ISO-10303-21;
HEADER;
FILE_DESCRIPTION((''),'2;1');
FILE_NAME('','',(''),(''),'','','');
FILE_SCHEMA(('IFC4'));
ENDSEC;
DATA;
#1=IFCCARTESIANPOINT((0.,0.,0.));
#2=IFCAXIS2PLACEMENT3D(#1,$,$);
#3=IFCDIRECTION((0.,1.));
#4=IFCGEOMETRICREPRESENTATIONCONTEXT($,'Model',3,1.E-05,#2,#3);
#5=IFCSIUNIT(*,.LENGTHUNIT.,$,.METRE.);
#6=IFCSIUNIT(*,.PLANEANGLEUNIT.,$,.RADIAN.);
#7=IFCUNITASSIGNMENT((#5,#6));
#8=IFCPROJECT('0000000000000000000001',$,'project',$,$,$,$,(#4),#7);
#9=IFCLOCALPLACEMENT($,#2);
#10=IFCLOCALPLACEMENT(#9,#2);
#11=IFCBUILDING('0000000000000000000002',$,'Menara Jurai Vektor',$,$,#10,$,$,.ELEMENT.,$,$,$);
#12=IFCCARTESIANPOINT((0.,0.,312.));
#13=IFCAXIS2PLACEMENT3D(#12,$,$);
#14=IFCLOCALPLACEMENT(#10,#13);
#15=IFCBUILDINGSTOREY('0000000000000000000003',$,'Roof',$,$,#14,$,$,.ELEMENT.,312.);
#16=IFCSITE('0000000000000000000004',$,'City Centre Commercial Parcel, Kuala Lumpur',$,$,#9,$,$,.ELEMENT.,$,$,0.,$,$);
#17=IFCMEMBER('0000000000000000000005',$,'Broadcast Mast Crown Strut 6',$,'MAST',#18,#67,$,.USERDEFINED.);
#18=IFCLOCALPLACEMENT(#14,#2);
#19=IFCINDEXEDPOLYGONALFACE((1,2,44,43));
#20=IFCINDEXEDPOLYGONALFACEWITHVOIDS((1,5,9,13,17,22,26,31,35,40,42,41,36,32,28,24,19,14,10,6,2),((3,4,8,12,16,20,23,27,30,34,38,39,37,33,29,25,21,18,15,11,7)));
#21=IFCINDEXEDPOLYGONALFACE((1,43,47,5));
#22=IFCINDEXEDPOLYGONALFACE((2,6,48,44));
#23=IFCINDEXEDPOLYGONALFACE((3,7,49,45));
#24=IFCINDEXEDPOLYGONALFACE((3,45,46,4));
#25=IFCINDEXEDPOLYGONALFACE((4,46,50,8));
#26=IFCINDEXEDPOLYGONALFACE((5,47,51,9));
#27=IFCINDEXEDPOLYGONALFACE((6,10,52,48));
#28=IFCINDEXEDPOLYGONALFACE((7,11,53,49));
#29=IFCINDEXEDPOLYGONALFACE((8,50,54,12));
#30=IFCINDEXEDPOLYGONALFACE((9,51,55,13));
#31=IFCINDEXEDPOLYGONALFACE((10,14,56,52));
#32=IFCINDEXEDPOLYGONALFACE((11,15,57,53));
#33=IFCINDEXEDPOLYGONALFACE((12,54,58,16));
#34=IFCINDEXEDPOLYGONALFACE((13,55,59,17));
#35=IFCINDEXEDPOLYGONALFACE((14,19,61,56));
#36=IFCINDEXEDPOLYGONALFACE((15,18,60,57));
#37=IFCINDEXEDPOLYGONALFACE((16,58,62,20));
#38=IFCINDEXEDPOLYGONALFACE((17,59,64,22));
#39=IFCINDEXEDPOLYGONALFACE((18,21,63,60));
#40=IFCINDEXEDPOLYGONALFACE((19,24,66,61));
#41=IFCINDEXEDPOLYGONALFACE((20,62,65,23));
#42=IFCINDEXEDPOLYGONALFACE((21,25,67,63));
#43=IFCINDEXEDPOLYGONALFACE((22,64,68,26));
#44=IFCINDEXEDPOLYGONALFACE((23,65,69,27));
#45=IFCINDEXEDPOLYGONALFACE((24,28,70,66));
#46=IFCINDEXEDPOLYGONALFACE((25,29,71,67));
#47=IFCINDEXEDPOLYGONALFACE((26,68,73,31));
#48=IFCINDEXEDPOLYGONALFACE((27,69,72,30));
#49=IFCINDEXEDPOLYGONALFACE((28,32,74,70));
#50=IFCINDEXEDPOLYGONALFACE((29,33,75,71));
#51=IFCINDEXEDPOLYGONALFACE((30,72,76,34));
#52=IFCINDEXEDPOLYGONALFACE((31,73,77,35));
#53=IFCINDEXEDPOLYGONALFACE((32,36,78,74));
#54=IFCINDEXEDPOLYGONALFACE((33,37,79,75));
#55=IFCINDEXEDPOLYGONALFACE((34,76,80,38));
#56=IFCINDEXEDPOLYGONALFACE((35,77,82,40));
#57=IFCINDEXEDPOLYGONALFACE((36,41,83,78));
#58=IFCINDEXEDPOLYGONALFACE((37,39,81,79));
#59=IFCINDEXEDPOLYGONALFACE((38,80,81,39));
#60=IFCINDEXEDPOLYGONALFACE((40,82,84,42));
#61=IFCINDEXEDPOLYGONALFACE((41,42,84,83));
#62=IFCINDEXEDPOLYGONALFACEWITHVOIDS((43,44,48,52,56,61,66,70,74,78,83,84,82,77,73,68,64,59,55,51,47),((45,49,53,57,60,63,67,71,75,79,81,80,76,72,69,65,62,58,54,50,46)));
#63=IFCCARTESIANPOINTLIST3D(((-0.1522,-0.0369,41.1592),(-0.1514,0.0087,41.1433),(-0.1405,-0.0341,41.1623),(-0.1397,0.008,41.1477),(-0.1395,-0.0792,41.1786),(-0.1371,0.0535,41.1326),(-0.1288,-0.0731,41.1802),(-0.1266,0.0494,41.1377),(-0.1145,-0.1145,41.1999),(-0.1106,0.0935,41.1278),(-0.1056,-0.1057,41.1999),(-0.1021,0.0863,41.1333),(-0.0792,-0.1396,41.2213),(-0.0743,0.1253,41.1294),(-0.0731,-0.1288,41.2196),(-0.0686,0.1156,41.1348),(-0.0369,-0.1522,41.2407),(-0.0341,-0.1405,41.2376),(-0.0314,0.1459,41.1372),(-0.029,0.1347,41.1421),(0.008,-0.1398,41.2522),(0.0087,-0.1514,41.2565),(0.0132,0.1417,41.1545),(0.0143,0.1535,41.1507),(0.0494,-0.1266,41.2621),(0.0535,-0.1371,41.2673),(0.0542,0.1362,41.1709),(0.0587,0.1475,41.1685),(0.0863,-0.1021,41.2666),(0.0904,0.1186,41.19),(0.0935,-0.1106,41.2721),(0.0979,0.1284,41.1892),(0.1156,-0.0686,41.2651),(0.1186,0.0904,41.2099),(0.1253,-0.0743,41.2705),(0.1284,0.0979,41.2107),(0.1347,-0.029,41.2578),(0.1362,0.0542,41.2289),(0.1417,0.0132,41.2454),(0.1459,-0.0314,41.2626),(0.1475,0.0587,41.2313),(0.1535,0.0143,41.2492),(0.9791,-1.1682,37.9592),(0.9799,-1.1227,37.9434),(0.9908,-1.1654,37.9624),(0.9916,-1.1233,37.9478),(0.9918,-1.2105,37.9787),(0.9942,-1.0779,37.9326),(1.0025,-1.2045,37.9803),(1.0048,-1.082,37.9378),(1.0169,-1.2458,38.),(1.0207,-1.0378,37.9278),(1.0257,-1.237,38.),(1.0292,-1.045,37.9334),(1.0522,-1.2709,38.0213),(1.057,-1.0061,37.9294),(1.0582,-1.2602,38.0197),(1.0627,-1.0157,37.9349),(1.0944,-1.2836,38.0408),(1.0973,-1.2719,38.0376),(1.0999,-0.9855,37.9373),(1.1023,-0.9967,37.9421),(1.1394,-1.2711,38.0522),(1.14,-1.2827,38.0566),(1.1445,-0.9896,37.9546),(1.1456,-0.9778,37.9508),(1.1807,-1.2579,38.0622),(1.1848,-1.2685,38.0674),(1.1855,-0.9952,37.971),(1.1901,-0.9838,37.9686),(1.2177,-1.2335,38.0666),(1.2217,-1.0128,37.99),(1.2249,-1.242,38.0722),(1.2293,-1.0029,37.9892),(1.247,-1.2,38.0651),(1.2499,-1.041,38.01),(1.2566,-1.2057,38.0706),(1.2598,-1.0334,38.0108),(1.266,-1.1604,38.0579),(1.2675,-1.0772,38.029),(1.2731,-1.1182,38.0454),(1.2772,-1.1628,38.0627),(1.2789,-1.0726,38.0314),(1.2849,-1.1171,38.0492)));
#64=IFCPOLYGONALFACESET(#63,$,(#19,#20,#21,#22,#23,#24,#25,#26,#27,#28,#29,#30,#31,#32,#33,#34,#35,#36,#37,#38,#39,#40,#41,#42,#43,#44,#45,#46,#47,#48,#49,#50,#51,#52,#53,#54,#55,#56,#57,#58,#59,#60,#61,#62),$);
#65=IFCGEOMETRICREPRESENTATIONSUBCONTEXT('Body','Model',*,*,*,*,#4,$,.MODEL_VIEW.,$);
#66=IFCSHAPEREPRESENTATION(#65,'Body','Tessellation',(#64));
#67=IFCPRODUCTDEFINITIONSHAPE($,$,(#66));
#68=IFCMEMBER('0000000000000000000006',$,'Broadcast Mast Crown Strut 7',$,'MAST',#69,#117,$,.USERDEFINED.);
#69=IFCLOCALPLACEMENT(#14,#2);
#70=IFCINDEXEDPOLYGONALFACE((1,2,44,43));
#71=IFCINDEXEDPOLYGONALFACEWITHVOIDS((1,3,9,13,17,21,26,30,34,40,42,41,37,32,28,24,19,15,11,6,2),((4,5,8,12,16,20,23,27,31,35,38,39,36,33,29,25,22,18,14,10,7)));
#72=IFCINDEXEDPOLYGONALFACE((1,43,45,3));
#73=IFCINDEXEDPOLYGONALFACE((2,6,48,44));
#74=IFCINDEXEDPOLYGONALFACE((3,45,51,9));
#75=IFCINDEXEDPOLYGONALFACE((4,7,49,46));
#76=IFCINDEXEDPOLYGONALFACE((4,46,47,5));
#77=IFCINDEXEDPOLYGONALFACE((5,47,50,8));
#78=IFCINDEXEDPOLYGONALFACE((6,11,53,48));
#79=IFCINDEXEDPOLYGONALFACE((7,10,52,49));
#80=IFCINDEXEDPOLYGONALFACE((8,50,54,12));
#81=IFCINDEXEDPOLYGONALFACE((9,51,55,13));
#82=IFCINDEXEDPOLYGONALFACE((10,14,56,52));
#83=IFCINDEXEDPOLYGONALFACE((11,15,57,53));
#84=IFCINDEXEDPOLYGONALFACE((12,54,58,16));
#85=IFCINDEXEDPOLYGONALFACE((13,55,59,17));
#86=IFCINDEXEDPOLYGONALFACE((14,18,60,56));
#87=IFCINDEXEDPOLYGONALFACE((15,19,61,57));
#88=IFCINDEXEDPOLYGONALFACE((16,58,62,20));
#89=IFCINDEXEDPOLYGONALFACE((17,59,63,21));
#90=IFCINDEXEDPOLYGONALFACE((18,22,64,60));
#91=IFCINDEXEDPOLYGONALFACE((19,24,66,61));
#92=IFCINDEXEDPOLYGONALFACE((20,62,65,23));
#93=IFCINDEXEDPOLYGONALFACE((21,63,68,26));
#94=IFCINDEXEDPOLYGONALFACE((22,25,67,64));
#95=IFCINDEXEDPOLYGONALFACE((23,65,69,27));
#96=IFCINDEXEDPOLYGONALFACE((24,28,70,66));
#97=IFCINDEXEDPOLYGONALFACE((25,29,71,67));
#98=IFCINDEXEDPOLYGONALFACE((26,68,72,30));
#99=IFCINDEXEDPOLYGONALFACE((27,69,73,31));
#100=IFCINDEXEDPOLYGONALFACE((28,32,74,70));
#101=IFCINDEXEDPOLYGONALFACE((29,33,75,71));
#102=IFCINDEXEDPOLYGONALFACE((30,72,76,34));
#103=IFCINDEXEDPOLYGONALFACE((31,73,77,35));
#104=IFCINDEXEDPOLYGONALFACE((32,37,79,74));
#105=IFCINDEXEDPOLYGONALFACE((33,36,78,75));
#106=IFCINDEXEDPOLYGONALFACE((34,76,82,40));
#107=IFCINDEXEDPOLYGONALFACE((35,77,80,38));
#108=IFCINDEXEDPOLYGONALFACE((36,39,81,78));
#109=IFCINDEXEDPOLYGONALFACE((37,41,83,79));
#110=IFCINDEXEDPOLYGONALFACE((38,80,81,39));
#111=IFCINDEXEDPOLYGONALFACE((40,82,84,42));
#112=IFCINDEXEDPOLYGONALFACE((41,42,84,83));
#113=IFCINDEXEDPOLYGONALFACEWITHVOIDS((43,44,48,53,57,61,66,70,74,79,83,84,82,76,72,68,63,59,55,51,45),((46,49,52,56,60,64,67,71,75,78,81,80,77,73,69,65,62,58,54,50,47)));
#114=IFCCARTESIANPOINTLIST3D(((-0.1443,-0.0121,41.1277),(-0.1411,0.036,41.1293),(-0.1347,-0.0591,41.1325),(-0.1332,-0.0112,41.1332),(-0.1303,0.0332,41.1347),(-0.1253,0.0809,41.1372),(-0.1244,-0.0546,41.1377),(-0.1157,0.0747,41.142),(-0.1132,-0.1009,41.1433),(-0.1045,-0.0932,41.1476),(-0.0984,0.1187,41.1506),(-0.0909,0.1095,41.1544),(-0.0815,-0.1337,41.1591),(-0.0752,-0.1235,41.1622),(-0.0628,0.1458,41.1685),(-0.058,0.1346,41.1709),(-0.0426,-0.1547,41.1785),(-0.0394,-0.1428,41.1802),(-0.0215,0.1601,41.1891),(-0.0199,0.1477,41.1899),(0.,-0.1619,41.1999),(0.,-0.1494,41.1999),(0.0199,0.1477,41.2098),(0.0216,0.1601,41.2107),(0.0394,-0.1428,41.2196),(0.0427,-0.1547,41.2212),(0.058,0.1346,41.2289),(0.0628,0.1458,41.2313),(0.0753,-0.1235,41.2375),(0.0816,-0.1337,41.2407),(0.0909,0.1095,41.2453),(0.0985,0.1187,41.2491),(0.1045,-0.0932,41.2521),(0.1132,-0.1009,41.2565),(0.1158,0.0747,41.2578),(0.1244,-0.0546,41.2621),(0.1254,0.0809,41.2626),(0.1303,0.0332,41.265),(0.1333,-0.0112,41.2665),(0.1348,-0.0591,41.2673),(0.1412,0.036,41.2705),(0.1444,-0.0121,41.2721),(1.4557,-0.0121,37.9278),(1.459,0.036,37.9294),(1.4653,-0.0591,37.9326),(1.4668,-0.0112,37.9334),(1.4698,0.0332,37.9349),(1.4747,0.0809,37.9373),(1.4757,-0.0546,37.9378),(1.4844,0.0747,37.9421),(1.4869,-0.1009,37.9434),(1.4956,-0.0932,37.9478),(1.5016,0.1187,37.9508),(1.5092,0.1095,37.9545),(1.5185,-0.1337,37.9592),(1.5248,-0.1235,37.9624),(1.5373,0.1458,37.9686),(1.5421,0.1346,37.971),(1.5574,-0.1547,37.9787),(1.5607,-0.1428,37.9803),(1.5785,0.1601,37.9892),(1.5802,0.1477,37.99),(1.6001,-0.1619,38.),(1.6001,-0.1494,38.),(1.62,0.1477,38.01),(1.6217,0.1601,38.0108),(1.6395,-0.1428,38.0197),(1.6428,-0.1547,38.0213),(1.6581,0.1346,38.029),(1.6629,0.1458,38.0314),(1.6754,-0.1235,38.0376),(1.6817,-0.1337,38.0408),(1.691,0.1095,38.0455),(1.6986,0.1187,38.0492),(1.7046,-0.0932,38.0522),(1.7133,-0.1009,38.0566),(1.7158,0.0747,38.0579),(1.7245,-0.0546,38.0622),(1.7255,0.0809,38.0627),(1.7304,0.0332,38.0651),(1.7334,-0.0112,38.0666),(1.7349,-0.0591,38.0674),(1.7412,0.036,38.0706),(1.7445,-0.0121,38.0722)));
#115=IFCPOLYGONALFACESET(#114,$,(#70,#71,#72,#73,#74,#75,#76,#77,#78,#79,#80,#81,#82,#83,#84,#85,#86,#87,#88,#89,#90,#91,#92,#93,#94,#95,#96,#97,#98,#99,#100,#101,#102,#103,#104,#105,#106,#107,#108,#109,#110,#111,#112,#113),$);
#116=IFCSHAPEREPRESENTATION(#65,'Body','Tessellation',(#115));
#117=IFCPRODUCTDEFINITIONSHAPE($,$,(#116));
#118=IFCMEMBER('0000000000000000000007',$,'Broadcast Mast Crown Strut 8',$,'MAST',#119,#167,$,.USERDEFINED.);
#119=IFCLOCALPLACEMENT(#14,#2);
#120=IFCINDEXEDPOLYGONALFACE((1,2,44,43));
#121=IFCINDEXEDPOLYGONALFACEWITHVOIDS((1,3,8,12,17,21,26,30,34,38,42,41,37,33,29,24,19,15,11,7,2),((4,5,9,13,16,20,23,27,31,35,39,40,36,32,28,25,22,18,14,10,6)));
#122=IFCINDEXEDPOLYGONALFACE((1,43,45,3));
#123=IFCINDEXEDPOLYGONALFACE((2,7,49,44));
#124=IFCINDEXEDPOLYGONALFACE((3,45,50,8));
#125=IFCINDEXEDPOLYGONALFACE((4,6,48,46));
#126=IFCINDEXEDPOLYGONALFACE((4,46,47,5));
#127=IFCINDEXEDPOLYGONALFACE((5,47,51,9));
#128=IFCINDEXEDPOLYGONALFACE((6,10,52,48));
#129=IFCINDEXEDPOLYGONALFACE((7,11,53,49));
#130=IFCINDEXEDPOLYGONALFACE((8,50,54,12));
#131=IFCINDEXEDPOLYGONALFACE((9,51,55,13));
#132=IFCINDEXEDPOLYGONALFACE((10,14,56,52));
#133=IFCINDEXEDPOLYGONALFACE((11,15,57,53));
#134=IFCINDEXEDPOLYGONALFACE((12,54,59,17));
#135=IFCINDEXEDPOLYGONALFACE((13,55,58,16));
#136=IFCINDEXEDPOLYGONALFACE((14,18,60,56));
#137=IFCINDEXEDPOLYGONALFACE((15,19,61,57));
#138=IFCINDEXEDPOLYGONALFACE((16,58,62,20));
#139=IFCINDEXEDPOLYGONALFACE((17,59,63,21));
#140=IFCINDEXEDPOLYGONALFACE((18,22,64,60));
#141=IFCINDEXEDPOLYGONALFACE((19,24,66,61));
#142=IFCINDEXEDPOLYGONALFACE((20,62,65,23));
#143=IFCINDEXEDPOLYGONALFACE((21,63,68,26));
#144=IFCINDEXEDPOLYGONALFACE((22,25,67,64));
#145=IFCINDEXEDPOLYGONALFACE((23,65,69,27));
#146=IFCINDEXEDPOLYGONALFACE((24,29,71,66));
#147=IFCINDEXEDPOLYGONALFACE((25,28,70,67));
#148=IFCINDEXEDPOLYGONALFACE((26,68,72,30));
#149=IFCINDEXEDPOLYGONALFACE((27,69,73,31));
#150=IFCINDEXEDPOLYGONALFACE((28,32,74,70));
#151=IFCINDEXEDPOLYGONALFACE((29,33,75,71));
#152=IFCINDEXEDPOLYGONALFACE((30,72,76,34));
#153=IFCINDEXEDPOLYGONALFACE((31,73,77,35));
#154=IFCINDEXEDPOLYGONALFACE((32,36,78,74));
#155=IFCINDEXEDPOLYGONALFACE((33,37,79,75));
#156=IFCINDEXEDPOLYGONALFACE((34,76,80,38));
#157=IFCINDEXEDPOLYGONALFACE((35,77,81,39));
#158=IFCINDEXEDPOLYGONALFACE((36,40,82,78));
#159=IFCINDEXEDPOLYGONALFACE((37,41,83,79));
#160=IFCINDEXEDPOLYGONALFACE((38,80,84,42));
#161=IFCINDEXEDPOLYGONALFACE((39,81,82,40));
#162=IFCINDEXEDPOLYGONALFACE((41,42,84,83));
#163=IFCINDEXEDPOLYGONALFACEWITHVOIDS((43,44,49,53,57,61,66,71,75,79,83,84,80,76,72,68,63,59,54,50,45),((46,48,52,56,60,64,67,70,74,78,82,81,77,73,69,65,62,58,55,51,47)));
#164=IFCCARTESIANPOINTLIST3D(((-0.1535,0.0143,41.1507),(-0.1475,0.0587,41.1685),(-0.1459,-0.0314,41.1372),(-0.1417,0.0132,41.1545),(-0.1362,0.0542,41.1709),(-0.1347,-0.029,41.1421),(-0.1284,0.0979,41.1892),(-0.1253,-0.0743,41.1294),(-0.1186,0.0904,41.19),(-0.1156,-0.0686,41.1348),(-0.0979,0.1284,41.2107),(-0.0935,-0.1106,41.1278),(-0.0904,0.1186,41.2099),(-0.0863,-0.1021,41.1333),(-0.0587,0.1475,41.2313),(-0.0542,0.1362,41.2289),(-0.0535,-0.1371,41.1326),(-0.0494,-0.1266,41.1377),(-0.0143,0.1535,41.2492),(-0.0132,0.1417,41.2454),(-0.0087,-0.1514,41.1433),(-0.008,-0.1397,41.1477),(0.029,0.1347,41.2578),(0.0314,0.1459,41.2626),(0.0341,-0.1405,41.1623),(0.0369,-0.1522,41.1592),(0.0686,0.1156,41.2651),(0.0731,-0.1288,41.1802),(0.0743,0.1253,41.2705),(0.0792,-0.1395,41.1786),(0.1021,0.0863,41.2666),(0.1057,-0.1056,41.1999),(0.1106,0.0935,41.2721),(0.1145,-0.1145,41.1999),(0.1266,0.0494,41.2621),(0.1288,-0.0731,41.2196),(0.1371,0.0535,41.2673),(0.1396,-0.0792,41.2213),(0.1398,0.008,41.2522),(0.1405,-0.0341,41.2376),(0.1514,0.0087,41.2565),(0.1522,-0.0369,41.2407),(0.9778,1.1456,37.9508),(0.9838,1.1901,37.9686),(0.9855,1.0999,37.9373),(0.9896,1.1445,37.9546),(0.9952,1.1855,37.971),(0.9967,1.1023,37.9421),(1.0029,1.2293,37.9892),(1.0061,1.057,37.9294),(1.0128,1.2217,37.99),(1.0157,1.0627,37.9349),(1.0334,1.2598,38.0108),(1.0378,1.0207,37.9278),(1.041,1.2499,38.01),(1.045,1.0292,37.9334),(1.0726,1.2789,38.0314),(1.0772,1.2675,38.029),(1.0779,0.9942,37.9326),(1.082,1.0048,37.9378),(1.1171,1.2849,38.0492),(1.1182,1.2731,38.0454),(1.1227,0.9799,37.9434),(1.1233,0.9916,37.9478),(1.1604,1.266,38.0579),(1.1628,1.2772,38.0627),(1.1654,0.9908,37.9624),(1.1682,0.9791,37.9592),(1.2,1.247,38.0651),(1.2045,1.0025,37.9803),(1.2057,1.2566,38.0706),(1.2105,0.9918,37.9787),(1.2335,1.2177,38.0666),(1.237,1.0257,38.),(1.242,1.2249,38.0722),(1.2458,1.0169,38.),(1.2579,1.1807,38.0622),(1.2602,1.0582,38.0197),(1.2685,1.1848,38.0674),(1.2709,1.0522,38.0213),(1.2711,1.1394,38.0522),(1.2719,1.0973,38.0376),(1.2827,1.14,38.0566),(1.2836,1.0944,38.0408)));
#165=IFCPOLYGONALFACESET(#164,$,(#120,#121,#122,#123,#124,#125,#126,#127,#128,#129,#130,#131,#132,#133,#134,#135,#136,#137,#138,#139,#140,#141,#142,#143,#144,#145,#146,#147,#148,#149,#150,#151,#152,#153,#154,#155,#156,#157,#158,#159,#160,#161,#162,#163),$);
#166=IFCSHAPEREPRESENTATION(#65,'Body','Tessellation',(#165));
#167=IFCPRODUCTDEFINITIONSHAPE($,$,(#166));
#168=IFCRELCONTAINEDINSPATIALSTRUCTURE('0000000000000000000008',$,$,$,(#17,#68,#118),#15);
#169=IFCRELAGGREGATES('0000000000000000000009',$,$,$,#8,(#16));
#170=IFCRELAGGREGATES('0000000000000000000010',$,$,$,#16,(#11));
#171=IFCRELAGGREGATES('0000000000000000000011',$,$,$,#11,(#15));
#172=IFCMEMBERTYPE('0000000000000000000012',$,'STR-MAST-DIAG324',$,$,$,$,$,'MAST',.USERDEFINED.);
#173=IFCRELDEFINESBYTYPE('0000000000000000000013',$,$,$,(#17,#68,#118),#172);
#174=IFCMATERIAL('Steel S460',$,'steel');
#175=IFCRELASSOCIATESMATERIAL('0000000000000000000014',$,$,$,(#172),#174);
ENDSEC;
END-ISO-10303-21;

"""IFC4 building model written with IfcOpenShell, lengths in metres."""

from ifc_helpers import new_model, si_unit, direction, frame, origin, origin_2d, place, context, subcontext, project, spatial, hollow_circle, extrude, material, material_profile, profile_set, type_object, element, save


model = new_model("IFC4")

# Units and contexts
model_context = context("Model", 3, precision=1e-05, world=origin(), true_north=direction((0.0, 1.0)))
body_context = subcontext(model_context, "Body", "Model", "MODEL_VIEW")
ifc_project = project(units=[si_unit("LENGTHUNIT", "METRE"), si_unit("PLANEANGLEUNIT", "RADIAN")], contexts=[model_context])

# Site, building, storey
site_placement = place(None, origin())
site = spatial("IfcSite", under=ifc_project, at=site_placement, Name="City Centre Commercial Parcel, Kuala Lumpur", CompositionType="ELEMENT", RefElevation=0.0)
building_placement = place(site_placement, origin())
building = spatial("IfcBuilding", under=site, at=building_placement, Name="Menara Jurai Vektor", CompositionType="ELEMENT")
storey_placement = place(building_placement, frame((0.0, 0.0, 312.0)))
storey = spatial("IfcBuildingStorey", under=building, at=storey_placement, Name="Roof", CompositionType="ELEMENT", Elevation=312.0)

# Members
ifc_material = material(Name="Steel S460", Category="steel")
ifc_material_profile_1 = material_profile(ifc_material, hollow_circle(Radius=0.1619, WallThickness=0.0125, at=origin_2d()), Name="CHS 323.9x12.5")
ifc_profile_set_1 = profile_set([ifc_material_profile_1], Name="Steel S460")
member_type_1 = type_object("IfcMemberType", Name="STR-MAST-DIAG324", ElementType="MAST", PredefinedType="USERDEFINED", material=ifc_profile_set_1)
for number, where, z_axis, x_axis, name in (
    (1, (1.1313, -1.1313, 38.0), (-0.316226, 0.316226, 0.894428), (-0.707107, -0.707107, 0.0), "Broadcast Mast Crown Strut 6"),
    (2, (1.6001, 0.0, 38.0), (-0.447241, 0.0, 0.894414), (0.0, -1.0, 0.0), "Broadcast Mast Crown Strut 7"),
    (3, (1.1313, 1.1313, 38.0), (-0.316226, -0.316226, 0.894428), (0.707107, -0.707107, 0.0), "Broadcast Mast Crown Strut 8"),
):
    element("IfcMember", number, at=place(storey_placement, frame(where, z_axis=z_axis, x_axis=x_axis)), inside=storey, type_object=member_type_1, Name=name, ObjectType="MAST", PredefinedType="USERDEFINED", context=body_context, shape_type="SweptSolid", body=[
        extrude(hollow_circle(Radius=0.1619, WallThickness=0.0125, at=origin_2d()), origin(), (0.0, 0.0, 1.0), 3.5776),
    ])

save(model, "model.ifc")
